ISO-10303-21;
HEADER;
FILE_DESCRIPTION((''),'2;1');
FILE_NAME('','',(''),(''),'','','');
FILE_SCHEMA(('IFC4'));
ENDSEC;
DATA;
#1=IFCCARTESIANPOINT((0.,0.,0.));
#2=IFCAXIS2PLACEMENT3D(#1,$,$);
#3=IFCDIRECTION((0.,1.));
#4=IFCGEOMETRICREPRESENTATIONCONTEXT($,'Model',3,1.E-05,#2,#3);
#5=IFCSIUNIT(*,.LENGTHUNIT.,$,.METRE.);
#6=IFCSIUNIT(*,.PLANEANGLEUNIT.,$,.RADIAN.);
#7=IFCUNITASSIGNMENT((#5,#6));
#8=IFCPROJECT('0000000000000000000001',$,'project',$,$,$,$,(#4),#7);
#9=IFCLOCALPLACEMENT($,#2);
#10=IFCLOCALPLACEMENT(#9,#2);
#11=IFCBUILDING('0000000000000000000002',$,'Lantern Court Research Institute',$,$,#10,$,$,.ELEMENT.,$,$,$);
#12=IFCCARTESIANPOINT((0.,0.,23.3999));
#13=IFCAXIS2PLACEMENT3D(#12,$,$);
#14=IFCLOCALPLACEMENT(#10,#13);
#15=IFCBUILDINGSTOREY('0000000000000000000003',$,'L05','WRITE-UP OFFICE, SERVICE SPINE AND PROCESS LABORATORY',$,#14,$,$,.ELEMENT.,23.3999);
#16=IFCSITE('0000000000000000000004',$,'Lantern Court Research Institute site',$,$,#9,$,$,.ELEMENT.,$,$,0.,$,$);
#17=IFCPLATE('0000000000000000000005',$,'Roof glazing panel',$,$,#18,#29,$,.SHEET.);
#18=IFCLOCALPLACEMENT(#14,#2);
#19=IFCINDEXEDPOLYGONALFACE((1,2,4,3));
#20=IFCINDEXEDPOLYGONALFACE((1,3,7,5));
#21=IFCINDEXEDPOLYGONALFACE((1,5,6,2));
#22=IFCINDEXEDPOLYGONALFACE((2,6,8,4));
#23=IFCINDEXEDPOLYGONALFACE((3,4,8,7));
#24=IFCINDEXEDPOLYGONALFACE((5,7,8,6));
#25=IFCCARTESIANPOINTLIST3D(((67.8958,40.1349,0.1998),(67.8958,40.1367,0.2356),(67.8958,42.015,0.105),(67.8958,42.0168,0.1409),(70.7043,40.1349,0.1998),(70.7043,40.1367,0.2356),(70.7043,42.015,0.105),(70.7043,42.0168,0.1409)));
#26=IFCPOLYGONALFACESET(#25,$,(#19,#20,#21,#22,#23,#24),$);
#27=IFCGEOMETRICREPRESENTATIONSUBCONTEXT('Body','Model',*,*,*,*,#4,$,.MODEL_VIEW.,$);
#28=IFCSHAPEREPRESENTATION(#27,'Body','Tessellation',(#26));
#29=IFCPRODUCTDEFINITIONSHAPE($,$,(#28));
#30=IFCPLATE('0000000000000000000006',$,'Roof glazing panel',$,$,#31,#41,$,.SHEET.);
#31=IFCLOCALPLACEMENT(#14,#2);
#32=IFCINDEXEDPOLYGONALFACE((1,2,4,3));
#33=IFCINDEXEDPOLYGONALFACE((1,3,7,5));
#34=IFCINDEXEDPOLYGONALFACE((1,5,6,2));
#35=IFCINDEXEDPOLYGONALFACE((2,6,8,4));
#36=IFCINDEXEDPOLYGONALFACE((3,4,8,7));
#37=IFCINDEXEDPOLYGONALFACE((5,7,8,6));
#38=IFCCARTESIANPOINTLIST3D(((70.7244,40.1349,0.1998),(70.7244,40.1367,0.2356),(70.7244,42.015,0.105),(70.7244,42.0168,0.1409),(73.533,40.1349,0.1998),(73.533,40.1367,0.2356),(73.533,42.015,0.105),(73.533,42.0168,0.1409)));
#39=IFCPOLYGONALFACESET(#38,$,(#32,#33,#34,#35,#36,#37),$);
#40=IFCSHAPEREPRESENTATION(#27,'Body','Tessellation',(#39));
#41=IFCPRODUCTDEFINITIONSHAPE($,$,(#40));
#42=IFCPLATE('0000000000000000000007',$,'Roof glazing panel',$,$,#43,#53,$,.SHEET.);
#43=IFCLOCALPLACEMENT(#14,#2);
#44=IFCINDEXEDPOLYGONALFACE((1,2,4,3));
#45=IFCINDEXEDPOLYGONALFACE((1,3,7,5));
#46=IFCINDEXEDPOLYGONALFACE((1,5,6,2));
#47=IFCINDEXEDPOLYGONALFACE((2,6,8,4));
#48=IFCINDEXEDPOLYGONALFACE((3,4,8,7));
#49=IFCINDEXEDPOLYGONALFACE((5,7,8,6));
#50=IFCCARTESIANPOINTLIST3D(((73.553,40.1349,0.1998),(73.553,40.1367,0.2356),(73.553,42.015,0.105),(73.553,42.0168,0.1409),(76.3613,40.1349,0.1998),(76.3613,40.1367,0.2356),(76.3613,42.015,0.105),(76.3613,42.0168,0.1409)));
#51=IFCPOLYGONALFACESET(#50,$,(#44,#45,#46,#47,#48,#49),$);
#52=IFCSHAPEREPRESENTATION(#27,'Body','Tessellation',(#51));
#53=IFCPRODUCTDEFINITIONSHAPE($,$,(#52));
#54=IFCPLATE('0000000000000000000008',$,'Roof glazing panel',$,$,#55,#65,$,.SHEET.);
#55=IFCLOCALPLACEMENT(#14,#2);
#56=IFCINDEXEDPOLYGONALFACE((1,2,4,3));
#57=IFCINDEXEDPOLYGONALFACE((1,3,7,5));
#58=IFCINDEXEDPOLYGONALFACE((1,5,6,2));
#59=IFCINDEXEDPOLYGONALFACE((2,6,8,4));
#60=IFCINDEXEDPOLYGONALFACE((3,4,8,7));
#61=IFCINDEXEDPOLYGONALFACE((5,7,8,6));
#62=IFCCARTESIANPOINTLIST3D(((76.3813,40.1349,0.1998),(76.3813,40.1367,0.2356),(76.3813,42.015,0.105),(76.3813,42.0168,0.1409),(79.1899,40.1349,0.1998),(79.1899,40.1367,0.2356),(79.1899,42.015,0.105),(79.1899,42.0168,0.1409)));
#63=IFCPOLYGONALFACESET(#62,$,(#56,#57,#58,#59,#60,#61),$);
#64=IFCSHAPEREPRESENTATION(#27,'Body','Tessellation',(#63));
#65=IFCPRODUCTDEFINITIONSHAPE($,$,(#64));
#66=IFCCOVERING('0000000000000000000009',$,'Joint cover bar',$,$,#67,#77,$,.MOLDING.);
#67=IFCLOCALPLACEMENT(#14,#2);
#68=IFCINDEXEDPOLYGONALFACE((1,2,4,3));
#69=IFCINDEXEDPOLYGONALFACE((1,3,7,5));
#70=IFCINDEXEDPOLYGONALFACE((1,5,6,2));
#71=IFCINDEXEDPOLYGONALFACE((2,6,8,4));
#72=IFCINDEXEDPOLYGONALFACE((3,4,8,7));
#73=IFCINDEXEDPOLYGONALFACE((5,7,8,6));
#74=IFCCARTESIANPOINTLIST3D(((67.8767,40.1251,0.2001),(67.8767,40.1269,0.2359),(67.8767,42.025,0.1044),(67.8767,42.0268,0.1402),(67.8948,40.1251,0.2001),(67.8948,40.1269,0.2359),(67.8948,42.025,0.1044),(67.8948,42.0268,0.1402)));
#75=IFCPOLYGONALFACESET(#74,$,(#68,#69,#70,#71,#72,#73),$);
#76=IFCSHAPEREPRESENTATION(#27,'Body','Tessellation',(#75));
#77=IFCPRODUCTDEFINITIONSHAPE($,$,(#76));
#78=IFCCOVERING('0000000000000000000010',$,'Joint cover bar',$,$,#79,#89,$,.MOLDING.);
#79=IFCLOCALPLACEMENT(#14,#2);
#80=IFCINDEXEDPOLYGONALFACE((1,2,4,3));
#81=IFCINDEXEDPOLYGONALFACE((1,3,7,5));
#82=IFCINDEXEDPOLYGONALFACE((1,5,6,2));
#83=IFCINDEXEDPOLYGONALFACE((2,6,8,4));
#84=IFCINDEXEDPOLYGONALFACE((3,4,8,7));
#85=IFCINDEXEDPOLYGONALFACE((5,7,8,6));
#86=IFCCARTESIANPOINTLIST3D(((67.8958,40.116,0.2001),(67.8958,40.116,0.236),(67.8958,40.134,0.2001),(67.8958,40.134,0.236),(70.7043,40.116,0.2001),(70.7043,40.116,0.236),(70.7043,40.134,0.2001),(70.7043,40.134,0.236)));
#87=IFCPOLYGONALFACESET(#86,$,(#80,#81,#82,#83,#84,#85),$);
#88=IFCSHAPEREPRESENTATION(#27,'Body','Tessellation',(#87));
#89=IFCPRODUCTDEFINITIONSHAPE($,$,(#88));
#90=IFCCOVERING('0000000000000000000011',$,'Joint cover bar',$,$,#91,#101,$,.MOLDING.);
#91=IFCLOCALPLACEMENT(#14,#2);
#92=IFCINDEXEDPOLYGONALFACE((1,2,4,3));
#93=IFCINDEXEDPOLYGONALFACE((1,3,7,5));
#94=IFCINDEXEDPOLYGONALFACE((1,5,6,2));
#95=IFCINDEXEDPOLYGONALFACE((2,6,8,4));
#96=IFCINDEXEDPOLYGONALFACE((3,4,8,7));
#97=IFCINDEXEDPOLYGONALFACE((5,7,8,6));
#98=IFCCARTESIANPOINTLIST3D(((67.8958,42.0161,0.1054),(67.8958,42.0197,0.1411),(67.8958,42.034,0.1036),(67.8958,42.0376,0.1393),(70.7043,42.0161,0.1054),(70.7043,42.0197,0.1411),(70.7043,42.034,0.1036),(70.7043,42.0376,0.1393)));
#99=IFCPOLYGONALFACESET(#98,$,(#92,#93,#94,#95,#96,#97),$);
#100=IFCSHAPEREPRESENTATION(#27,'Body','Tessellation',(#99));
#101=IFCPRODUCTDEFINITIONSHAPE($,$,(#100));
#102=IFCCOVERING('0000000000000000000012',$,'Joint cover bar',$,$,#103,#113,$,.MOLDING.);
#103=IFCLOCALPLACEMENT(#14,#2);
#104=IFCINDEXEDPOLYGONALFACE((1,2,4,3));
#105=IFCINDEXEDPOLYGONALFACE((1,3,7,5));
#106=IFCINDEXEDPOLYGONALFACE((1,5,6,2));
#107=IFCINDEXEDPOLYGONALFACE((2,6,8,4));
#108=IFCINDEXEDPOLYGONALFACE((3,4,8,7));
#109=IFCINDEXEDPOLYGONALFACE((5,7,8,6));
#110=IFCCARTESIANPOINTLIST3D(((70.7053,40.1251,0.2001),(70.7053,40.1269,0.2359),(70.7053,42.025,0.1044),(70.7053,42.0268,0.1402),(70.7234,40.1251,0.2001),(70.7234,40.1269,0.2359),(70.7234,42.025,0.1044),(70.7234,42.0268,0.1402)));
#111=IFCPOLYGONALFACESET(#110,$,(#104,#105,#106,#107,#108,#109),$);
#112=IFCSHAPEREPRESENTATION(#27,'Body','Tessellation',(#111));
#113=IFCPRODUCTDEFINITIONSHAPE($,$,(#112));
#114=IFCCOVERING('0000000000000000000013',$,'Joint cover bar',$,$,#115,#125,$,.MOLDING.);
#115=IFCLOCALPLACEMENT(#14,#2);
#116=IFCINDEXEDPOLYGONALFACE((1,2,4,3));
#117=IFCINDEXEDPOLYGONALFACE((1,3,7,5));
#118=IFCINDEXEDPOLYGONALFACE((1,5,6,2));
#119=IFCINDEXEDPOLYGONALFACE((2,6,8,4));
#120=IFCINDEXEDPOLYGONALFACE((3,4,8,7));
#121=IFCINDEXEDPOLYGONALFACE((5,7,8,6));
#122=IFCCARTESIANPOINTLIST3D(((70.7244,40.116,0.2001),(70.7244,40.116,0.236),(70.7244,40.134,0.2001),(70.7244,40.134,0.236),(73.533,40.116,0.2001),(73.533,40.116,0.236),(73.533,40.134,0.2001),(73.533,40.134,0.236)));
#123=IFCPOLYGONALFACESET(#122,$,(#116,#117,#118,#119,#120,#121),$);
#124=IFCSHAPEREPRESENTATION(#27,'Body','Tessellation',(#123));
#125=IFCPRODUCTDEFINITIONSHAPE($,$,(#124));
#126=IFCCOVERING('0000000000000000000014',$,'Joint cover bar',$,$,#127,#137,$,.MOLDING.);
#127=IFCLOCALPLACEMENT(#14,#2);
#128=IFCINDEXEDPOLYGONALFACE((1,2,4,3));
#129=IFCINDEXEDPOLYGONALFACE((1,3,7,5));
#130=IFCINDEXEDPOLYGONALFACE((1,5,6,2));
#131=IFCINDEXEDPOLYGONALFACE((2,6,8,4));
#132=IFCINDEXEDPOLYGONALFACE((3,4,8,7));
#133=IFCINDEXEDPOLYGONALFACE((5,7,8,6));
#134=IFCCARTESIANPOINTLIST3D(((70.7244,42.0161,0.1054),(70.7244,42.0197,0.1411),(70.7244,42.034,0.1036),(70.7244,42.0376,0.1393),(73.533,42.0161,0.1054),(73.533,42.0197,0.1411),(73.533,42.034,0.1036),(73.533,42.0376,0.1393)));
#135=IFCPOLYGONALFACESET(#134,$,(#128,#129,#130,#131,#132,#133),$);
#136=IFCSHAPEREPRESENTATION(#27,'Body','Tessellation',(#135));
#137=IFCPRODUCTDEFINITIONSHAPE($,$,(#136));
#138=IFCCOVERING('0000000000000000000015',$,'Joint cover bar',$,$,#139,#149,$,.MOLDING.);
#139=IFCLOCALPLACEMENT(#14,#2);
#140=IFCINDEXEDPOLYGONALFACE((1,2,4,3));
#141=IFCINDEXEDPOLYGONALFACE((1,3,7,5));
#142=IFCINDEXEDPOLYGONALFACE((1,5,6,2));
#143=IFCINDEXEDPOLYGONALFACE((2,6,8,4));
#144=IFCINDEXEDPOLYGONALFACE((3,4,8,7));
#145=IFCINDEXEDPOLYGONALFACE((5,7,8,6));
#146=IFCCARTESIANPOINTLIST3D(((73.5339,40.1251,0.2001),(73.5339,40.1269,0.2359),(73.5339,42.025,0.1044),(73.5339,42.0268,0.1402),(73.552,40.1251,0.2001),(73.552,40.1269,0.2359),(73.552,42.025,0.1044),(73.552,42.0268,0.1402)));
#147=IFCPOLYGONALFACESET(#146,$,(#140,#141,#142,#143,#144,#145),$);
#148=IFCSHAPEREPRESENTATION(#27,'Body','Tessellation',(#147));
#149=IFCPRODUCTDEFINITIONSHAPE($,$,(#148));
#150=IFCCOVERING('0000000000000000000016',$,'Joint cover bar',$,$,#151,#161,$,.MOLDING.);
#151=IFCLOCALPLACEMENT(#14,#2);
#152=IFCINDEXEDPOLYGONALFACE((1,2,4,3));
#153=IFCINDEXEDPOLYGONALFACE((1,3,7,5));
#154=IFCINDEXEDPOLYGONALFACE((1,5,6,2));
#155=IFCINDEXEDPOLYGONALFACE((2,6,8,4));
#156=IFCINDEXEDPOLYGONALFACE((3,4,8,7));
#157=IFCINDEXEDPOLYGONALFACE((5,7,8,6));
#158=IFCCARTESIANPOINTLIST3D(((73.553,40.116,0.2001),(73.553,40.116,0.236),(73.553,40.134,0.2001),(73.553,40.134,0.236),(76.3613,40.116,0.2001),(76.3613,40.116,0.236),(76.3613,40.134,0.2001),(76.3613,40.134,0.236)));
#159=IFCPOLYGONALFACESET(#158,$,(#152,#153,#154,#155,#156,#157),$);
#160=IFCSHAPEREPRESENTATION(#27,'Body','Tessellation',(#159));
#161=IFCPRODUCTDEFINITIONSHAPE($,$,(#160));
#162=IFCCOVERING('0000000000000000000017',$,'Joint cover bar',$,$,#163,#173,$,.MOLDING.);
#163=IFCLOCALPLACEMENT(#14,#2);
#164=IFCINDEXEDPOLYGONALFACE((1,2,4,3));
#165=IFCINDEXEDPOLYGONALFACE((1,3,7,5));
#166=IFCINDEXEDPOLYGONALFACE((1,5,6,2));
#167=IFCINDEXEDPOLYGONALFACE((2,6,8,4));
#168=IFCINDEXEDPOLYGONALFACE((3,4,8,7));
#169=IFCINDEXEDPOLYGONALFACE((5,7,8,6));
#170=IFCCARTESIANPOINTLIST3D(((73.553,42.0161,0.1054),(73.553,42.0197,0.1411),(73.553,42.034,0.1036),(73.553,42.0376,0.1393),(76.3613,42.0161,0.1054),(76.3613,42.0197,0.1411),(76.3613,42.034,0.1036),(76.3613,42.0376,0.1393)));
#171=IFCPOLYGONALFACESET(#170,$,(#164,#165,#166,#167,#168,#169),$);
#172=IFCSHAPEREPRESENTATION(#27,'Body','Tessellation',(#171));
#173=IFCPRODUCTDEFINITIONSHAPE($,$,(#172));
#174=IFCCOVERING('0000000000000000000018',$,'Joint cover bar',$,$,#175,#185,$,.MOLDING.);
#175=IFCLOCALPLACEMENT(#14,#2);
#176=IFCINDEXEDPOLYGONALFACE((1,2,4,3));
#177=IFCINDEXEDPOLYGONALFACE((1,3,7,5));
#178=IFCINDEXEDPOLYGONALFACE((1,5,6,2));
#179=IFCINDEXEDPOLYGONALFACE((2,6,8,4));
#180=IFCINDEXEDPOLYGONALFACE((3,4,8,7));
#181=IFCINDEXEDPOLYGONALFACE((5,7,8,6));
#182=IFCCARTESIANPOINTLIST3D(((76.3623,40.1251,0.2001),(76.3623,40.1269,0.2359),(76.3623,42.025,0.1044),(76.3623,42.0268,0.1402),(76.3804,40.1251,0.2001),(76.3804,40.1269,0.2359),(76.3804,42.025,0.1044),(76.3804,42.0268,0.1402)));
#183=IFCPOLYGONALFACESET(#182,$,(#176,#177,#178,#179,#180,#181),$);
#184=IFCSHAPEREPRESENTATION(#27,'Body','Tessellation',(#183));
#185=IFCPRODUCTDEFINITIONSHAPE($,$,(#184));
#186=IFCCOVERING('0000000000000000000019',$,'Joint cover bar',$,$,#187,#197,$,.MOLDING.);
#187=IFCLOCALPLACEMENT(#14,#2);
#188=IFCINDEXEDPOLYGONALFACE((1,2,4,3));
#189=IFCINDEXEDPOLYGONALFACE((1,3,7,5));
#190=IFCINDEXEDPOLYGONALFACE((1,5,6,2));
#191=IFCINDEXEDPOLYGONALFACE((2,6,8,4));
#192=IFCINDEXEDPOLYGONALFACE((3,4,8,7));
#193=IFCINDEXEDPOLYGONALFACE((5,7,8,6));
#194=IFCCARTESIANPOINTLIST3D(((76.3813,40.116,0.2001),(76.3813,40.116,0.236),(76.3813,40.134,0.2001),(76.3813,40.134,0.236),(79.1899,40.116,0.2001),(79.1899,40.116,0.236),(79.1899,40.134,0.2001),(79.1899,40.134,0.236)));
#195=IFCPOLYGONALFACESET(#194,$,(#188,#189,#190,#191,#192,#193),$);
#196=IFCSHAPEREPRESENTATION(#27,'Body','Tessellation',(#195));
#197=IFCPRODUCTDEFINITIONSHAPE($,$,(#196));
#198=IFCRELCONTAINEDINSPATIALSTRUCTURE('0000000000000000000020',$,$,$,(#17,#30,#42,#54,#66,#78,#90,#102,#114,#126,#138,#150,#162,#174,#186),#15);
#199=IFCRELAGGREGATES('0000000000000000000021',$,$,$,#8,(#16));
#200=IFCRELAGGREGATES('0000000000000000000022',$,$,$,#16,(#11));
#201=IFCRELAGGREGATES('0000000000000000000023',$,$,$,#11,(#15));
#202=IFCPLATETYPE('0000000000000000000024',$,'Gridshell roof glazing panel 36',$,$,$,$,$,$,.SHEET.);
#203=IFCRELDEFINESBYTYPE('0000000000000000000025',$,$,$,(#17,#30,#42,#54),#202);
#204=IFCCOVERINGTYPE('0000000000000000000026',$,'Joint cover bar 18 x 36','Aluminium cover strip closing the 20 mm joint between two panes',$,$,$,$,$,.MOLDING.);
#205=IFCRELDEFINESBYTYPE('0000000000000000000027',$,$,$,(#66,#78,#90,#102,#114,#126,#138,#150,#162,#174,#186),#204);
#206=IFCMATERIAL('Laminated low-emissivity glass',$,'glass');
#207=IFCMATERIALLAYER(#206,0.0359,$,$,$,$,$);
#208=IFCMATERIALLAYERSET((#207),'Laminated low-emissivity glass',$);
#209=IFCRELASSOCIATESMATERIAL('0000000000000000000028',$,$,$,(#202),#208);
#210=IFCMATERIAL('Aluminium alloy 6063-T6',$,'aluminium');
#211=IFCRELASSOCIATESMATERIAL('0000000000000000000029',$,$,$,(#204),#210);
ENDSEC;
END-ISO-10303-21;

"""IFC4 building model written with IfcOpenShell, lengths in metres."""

from ifc_helpers import new_model, si_unit, direction, frame, origin, origin_2d, place, context, subcontext, project, spatial, polyline, rectangle, outline, extrude, material, layer, layer_set, material_profile, profile_set, type_object, element, save


model = new_model("IFC4")

# Units and contexts
model_context = context("Model", 3, precision=1e-05, world=origin(), true_north=direction((0.0, 1.0)))
body_context = subcontext(model_context, "Body", "Model", "MODEL_VIEW")
ifc_project = project(units=[si_unit("LENGTHUNIT", "METRE"), si_unit("PLANEANGLEUNIT", "RADIAN")], contexts=[model_context])

# Site, building, storey
site_placement = place(None, origin())
site = spatial("IfcSite", under=ifc_project, at=site_placement, Name="Lantern Court Research Institute site", CompositionType="ELEMENT", RefElevation=0.0)
building_placement = place(site_placement, origin())
building = spatial("IfcBuilding", under=site, at=building_placement, Name="Lantern Court Research Institute", CompositionType="ELEMENT")
storey_placement = place(building_placement, frame((0.0, 0.0, 23.3999)))
storey = spatial("IfcBuildingStorey", under=building, at=storey_placement, Name="L05", Description="WRITE-UP OFFICE, SERVICE SPINE AND PROCESS LABORATORY", CompositionType="ELEMENT", Elevation=23.3999)

# Plates
ifc_material_1 = material(Name="Laminated low-emissivity glass", Category="glass")
ifc_layer = layer(ifc_material_1, 0.0359)
ifc_layer_set = layer_set([ifc_layer], Name="Laminated low-emissivity glass")
plate_type = type_object("IfcPlateType", Name="Gridshell roof glazing panel 36", PredefinedType="SHEET", material=ifc_layer_set)
for number, where, z_axis, x_axis, name in (
    (1, (70.7043, 40.1367, 0.2356), (0.0, 0.050319, 0.998733), (-1.0, 0.0, 0.0), "Roof glazing panel"),
    (2, (73.533, 40.1367, 0.2356), (0.0, 0.050319, 0.998733), (-1.0, 0.0, 0.0), "Roof glazing panel"),
):
    element("IfcPlate", number, at=place(storey_placement, frame(where, z_axis=z_axis, x_axis=x_axis)), inside=storey, type_object=plate_type, Name=name, PredefinedType="SHEET", context=body_context, shape_type="SweptSolid", body=[
        extrude(outline(polyline([(0.0, 0.0), (2.8086, 0.0), (2.8086, -1.8825), (0.0, -1.8825), (0.0, 0.0)])), origin(), (0.0, 0.0, -1.0), 0.0359),
    ])
plate_1_placement = place(storey_placement, frame((76.3613, 40.1367, 0.2356), z_axis=(0.0, 0.050319, 0.998733), x_axis=(-1.0, 0.0, 0.0)))
element("IfcPlate", 3, at=plate_1_placement, inside=storey, type_object=plate_type, Name="Roof glazing panel", PredefinedType="SHEET", context=body_context, shape_type="SweptSolid", body=[
    extrude(outline(polyline([(0.0, 0.0), (2.8083, 0.0), (2.8083, -1.8825), (0.0, -1.8825), (0.0, 0.0)])), origin(), (0.0, 0.0, -1.0), 0.0359),
])
plate_2_placement = place(storey_placement, frame((79.1899, 40.1367, 0.2356), z_axis=(0.0, 0.050319, 0.998733), x_axis=(-1.0, 0.0, 0.0)))
element("IfcPlate", 4, at=plate_2_placement, inside=storey, type_object=plate_type, Name="Roof glazing panel", PredefinedType="SHEET", context=body_context, shape_type="SweptSolid", body=[
    extrude(outline(polyline([(0.0, 0.0), (2.8086, 0.0), (2.8086, -1.8825), (0.0, -1.8825), (0.0, 0.0)])), origin(), (0.0, 0.0, -1.0), 0.0359),
])

# Coverings
ifc_material_2 = material(Name="Aluminium alloy 6063-T6", Category="aluminium")
ifc_material_profile_1 = material_profile(ifc_material_2, rectangle(XDim=0.0181, YDim=0.0359, at=origin_2d()), Name="Joint cover bar 18 x 36")
ifc_profile_set_1 = profile_set([ifc_material_profile_1], Name="Aluminium alloy 6063-T6")
covering_type = type_object("IfcCoveringType", Name="Joint cover bar 18 x 36", Description="Aluminium cover strip closing the 20 mm joint between two panes", PredefinedType="MOLDING", material=ifc_profile_set_1)
covering_1_placement = place(storey_placement, frame((67.8857, 40.126, 0.218), z_axis=(0.0, 0.998734, -0.050309), x_axis=(-1.0, 0.0, 0.0)))
element("IfcCovering", 5, at=covering_1_placement, inside=storey, type_object=covering_type, Name="Joint cover bar", PredefinedType="MOLDING", context=body_context, shape_type="SweptSolid", body=[
    extrude(rectangle(XDim=0.0181, YDim=0.0359, at=origin_2d()), origin(), (0.0, 0.0, 1.0), 1.9023),
])
for number, where, z_axis, x_axis, name in (
    (6, (67.8958, 40.125, 0.218), (1.0, 0.0, 0.0), (0.0, 1.0, 0.0), "Joint cover bar"),
    (7, (67.8958, 42.0269, 0.1223), (1.0, 0.0, 0.0), (0.0, 0.994934, -0.100531), "Joint cover bar"),
):
    element("IfcCovering", number, at=place(storey_placement, frame(where, z_axis=z_axis, x_axis=x_axis)), inside=storey, type_object=covering_type, Name=name, PredefinedType="MOLDING", context=body_context, shape_type="SweptSolid", body=[
        extrude(rectangle(XDim=0.0181, YDim=0.0359, at=origin_2d()), origin(), (0.0, 0.0, 1.0), 2.8086),
    ])
covering_2_placement = place(storey_placement, frame((70.7144, 40.126, 0.218), z_axis=(0.0, 0.998734, -0.050309), x_axis=(-1.0, 0.0, 0.0)))
element("IfcCovering", 8, at=covering_2_placement, inside=storey, type_object=covering_type, Name="Joint cover bar", PredefinedType="MOLDING", context=body_context, shape_type="SweptSolid", body=[
    extrude(rectangle(XDim=0.0181, YDim=0.0359, at=origin_2d()), origin(), (0.0, 0.0, 1.0), 1.9023),
])
for number, where, z_axis, x_axis, name in (
    (9, (70.7244, 40.125, 0.218), (1.0, 0.0, 0.0), (0.0, 1.0, 0.0), "Joint cover bar"),
    (10, (70.7244, 42.0269, 0.1223), (1.0, 0.0, 0.0), (0.0, 0.994934, -0.100531), "Joint cover bar"),
):
    element("IfcCovering", number, at=place(storey_placement, frame(where, z_axis=z_axis, x_axis=x_axis)), inside=storey, type_object=covering_type, Name=name, PredefinedType="MOLDING", context=body_context, shape_type="SweptSolid", body=[
        extrude(rectangle(XDim=0.0181, YDim=0.0359, at=origin_2d()), origin(), (0.0, 0.0, 1.0), 2.8086),
    ])
covering_3_placement = place(storey_placement, frame((73.543, 40.126, 0.218), z_axis=(0.0, 0.998734, -0.050309), x_axis=(-1.0, 0.0, 0.0)))
element("IfcCovering", 11, at=covering_3_placement, inside=storey, type_object=covering_type, Name="Joint cover bar", PredefinedType="MOLDING", context=body_context, shape_type="SweptSolid", body=[
    extrude(rectangle(XDim=0.0181, YDim=0.0359, at=origin_2d()), origin(), (0.0, 0.0, 1.0), 1.9023),
])
for number, where, z_axis, x_axis, name in (
    (12, (73.553, 40.125, 0.218), (1.0, 0.0, 0.0), (0.0, 1.0, 0.0), "Joint cover bar"),
    (13, (73.553, 42.0269, 0.1223), (1.0, 0.0, 0.0), (0.0, 0.994934, -0.100531), "Joint cover bar"),
):
    element("IfcCovering", number, at=place(storey_placement, frame(where, z_axis=z_axis, x_axis=x_axis)), inside=storey, type_object=covering_type, Name=name, PredefinedType="MOLDING", context=body_context, shape_type="SweptSolid", body=[
        extrude(rectangle(XDim=0.0181, YDim=0.0359, at=origin_2d()), origin(), (0.0, 0.0, 1.0), 2.8083),
    ])
covering_4_placement = place(storey_placement, frame((76.3713, 40.126, 0.218), z_axis=(0.0, 0.998734, -0.050309), x_axis=(-1.0, 0.0, 0.0)))
element("IfcCovering", 14, at=covering_4_placement, inside=storey, type_object=covering_type, Name="Joint cover bar", PredefinedType="MOLDING", context=body_context, shape_type="SweptSolid", body=[
    extrude(rectangle(XDim=0.0181, YDim=0.0359, at=origin_2d()), origin(), (0.0, 0.0, 1.0), 1.9023),
])
covering_5_placement = place(storey_placement, frame((76.3813, 40.125, 0.218), z_axis=(1.0, 0.0, 0.0), x_axis=(0.0, 1.0, 0.0)))
element("IfcCovering", 15, at=covering_5_placement, inside=storey, type_object=covering_type, Name="Joint cover bar", PredefinedType="MOLDING", context=body_context, shape_type="SweptSolid", body=[
    extrude(rectangle(XDim=0.0181, YDim=0.0359, at=origin_2d()), origin(), (0.0, 0.0, 1.0), 2.8086),
])

save(model, "model.ifc")
